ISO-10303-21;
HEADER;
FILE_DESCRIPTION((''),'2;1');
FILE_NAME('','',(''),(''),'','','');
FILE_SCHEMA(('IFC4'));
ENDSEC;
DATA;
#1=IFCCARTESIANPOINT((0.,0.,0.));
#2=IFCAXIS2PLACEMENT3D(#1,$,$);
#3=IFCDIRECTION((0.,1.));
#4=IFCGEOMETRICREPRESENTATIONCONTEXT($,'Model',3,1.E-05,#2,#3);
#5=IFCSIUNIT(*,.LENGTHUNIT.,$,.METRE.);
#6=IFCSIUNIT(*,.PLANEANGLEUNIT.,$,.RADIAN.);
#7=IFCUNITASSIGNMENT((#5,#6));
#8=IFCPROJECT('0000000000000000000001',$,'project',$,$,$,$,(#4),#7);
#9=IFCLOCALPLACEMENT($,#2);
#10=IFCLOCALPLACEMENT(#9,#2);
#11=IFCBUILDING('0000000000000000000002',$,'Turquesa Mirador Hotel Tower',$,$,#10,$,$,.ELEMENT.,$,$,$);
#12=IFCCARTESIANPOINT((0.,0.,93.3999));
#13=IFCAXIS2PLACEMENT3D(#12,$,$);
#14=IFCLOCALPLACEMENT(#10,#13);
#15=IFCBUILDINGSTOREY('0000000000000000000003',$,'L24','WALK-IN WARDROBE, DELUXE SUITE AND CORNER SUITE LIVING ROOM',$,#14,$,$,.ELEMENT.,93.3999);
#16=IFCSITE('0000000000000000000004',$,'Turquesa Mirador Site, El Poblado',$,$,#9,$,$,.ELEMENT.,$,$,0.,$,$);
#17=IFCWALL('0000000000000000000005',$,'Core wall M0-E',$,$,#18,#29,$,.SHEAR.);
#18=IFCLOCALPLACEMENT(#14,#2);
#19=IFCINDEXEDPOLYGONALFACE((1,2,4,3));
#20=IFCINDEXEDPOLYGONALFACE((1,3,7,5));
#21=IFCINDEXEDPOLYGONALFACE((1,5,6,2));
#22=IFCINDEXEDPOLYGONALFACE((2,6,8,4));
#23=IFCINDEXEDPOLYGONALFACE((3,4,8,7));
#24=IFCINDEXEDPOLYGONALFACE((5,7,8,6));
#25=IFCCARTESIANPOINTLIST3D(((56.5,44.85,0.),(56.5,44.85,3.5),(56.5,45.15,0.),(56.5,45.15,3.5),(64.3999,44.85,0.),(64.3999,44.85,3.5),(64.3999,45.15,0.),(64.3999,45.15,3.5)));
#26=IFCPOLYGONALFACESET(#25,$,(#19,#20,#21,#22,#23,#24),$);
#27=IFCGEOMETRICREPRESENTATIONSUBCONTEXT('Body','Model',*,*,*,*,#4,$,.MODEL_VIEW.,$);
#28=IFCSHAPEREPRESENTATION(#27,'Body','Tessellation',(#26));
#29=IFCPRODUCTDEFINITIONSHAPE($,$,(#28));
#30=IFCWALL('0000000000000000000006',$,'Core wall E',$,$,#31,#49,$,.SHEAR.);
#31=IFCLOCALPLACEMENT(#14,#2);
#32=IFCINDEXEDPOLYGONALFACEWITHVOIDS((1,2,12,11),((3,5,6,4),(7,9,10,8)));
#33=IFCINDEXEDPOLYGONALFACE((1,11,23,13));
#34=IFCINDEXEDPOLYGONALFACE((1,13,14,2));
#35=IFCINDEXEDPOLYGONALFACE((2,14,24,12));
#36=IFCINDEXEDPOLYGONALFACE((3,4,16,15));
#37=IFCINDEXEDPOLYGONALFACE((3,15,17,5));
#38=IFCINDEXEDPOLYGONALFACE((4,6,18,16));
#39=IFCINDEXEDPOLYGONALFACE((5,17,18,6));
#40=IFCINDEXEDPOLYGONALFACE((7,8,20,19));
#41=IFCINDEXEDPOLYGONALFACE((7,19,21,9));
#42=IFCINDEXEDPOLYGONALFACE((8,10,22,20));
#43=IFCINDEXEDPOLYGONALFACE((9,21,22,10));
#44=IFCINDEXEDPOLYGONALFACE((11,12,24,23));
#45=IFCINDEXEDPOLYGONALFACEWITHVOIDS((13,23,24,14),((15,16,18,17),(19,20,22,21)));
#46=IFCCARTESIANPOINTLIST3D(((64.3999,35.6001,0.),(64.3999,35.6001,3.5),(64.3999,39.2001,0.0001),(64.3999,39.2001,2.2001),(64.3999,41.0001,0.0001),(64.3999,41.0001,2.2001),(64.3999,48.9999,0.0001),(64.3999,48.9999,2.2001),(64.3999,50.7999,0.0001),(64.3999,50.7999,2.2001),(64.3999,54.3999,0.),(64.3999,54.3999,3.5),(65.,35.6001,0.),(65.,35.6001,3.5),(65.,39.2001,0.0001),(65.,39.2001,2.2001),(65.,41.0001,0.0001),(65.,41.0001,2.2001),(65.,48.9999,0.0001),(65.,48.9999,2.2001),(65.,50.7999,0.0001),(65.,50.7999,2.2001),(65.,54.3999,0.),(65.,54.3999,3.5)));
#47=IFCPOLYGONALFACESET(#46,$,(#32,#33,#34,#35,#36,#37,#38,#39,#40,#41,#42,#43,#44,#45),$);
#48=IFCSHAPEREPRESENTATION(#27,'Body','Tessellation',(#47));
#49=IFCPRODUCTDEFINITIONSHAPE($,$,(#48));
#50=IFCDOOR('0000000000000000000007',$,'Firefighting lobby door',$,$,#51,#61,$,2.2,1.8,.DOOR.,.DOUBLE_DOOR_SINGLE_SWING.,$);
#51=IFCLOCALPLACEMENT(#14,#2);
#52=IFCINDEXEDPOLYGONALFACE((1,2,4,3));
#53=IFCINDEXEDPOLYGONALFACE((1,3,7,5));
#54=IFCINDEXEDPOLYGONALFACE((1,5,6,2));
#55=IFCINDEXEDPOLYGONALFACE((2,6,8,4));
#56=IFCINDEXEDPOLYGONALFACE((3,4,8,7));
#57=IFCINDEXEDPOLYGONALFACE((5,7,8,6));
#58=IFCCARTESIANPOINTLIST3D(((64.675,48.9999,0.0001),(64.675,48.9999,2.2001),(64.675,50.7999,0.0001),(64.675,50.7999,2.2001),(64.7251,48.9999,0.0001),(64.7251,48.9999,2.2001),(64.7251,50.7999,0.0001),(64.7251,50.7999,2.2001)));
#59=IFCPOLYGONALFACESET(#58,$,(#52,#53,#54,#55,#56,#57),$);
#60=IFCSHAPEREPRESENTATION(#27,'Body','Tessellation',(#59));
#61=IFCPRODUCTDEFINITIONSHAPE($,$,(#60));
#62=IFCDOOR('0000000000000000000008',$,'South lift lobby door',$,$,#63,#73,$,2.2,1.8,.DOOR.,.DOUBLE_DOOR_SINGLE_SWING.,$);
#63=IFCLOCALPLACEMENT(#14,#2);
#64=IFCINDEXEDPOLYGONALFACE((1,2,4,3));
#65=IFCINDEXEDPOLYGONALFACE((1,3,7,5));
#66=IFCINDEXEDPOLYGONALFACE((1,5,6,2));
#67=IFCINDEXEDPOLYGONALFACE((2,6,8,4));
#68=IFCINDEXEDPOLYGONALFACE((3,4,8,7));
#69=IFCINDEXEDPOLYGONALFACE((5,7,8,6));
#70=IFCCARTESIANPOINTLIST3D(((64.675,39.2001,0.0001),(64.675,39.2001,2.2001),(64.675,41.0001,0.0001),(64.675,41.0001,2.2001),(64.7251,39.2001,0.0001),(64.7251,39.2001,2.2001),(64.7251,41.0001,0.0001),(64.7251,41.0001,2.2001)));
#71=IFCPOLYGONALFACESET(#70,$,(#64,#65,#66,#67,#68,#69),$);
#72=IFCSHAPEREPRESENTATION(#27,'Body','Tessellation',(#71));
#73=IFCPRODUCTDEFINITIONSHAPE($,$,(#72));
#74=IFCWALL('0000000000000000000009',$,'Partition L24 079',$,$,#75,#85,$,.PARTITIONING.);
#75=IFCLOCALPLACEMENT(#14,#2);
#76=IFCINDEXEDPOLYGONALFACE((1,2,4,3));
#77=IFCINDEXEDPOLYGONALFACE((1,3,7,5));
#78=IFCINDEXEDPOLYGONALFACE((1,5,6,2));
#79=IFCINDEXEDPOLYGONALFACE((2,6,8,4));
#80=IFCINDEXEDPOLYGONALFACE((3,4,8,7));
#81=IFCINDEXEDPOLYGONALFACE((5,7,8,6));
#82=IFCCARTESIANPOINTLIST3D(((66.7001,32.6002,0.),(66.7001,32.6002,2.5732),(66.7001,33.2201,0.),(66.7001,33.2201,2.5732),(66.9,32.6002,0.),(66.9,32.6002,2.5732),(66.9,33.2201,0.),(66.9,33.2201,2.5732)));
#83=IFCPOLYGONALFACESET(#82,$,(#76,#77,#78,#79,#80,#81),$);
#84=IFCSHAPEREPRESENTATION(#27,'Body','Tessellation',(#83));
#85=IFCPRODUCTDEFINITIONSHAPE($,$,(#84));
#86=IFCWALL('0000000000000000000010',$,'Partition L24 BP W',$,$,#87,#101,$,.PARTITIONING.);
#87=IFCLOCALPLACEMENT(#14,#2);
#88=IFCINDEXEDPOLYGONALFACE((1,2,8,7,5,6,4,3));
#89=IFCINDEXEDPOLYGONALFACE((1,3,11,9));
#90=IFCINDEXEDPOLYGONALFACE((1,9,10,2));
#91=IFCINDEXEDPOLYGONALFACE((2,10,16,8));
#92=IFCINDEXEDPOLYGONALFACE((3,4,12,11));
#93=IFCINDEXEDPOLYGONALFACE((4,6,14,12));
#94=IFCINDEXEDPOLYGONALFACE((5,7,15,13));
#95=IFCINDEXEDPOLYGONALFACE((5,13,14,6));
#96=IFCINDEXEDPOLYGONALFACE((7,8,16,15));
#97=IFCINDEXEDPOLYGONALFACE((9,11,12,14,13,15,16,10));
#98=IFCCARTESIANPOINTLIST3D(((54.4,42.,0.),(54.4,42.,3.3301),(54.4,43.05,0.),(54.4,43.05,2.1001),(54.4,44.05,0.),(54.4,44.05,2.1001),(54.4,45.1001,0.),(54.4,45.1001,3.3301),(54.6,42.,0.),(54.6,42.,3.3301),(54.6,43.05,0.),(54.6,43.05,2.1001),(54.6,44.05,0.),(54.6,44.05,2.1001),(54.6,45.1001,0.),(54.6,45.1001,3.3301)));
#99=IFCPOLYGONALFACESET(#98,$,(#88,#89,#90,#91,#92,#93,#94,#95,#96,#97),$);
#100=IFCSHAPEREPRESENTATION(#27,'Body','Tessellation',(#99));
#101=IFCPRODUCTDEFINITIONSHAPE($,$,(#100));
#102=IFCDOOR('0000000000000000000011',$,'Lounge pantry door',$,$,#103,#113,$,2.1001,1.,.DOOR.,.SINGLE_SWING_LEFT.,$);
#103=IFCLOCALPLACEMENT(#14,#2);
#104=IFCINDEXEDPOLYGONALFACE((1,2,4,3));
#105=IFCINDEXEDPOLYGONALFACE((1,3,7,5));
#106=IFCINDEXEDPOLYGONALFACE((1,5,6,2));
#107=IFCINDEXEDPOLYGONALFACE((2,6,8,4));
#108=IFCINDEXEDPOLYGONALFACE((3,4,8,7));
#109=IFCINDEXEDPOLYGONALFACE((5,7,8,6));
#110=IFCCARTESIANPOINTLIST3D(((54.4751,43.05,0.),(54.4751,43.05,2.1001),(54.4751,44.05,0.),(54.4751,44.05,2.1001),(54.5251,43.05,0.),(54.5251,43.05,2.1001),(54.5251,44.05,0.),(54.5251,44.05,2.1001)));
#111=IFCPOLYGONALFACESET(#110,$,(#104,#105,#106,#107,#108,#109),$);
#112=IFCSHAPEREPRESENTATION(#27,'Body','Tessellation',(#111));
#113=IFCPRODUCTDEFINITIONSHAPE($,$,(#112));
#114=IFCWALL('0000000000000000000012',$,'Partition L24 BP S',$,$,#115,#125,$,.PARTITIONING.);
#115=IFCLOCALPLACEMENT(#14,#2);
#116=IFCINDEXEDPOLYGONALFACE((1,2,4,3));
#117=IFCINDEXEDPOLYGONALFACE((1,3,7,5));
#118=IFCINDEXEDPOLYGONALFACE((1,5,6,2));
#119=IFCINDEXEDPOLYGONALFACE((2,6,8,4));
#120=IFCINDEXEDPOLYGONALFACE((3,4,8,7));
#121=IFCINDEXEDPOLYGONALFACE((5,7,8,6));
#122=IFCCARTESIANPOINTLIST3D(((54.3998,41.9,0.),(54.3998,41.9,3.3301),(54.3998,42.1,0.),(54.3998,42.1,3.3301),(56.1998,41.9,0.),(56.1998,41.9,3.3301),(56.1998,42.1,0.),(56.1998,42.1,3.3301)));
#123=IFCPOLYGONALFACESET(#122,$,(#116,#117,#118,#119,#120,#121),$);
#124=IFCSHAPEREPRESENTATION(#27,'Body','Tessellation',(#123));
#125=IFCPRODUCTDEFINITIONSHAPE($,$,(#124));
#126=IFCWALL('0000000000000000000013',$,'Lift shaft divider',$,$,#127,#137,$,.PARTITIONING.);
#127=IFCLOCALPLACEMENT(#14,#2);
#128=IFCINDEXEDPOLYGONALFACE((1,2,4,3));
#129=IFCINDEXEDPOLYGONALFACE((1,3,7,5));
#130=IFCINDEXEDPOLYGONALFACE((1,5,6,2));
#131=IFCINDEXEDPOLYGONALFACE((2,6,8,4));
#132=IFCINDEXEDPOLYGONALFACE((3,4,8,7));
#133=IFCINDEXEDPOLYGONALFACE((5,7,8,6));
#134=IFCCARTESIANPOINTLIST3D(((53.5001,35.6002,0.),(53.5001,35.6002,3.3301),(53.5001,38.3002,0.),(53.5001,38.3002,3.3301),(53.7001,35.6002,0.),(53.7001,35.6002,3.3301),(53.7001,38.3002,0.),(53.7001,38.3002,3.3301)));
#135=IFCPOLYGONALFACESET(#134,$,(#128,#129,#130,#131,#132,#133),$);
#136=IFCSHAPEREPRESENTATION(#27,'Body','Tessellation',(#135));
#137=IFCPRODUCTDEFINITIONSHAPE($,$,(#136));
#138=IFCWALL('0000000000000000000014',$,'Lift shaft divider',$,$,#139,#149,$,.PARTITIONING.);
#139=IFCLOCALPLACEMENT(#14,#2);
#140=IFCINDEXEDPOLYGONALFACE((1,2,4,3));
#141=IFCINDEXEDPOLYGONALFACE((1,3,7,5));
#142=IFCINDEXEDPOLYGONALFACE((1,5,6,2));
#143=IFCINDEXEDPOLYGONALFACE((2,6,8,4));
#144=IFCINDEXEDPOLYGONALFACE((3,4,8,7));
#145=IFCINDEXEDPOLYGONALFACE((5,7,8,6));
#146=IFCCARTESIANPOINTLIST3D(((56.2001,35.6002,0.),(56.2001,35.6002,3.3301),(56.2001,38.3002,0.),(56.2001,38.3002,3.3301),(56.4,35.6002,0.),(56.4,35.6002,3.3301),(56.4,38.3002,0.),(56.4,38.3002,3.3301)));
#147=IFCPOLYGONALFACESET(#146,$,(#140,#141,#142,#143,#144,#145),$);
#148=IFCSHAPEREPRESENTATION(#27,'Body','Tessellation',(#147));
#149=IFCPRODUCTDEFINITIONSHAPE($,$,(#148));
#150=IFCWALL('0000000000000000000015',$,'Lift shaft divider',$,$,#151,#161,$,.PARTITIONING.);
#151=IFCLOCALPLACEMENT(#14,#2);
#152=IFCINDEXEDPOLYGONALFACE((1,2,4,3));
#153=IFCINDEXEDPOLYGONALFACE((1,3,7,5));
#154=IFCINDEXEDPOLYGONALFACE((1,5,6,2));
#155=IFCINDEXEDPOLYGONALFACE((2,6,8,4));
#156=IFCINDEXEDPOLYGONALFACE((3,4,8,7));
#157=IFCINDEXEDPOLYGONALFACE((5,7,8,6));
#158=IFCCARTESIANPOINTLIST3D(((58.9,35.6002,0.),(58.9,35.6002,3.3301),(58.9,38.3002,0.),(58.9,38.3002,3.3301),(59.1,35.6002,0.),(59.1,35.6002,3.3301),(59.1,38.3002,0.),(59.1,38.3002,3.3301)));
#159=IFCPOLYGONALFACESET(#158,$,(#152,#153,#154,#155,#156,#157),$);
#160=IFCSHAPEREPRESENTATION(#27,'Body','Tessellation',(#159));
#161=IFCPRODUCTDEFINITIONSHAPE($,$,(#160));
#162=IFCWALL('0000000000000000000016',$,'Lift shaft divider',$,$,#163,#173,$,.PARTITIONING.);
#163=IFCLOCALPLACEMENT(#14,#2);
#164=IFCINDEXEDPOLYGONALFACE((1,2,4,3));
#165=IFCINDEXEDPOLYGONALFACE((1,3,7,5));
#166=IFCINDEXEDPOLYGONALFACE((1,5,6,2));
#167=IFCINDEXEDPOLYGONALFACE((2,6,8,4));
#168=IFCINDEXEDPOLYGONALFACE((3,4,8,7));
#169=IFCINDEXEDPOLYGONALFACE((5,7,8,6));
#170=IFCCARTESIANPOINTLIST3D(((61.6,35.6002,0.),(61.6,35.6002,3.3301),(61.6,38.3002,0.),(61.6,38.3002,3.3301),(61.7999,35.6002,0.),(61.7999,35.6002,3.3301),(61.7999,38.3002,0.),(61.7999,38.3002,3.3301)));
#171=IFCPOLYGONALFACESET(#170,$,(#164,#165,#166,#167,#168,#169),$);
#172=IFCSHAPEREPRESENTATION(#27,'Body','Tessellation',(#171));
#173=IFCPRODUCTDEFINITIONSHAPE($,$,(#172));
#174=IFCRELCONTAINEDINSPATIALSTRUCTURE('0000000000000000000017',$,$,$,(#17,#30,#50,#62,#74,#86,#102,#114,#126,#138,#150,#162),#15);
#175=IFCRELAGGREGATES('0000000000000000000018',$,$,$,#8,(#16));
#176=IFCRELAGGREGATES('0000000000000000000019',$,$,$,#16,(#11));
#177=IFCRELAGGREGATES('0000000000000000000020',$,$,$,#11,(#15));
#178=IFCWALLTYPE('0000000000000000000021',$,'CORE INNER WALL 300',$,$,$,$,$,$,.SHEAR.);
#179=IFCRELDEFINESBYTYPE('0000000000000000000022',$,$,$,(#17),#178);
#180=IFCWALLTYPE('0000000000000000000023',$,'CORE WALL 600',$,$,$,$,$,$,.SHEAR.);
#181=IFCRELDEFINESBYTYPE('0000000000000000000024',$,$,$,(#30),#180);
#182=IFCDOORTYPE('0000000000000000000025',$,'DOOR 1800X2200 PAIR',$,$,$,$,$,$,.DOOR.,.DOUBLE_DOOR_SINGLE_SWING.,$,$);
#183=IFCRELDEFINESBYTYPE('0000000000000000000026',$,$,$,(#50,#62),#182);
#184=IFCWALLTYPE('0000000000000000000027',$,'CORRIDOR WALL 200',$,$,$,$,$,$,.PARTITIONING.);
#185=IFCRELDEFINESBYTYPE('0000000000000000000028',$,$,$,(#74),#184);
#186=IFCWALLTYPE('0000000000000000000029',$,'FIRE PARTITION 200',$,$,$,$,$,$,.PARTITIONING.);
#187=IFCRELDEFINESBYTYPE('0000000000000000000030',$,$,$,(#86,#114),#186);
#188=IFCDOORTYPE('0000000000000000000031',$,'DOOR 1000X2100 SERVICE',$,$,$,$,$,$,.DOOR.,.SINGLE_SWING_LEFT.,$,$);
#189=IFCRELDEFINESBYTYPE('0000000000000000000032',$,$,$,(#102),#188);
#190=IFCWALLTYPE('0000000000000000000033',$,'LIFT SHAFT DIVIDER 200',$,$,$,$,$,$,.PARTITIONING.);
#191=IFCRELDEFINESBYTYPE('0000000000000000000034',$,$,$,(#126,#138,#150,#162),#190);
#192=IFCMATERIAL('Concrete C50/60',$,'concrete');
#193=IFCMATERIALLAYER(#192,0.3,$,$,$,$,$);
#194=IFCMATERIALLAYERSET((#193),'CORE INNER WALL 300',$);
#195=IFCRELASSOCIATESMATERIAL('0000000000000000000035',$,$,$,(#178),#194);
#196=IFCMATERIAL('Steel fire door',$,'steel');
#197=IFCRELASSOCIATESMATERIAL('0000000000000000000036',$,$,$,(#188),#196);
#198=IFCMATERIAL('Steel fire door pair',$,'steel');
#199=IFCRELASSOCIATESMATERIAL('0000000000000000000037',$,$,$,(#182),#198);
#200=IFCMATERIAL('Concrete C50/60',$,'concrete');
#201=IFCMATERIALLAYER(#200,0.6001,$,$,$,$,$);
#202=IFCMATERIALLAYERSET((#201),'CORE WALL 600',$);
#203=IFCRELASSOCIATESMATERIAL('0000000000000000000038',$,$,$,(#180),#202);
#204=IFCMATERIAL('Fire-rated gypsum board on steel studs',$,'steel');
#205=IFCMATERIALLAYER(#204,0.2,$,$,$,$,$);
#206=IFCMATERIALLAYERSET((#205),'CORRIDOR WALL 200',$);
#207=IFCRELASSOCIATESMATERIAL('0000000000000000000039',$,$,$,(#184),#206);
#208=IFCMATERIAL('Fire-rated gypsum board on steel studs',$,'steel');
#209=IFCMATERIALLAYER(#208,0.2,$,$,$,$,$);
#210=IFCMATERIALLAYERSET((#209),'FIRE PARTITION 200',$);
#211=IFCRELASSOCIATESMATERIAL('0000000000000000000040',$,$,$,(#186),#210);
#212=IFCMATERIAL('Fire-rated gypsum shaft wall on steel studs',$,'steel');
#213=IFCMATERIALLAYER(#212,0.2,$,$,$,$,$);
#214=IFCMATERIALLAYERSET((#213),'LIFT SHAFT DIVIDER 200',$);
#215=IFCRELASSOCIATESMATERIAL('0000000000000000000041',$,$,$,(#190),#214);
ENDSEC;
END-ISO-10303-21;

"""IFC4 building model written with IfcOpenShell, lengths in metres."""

from ifc_helpers import new_model, si_unit, direction, frame, frame_2d, origin, place, context, subcontext, project, spatial, rectangle, extrude, material, layer, layer_set, type_object, element, fill, save


model = new_model("IFC4")

# Units and contexts
model_context = context("Model", 3, precision=1e-05, world=origin(), true_north=direction((0.0, 1.0)))
body_context = subcontext(model_context, "Body", "Model", "MODEL_VIEW")
ifc_project = project(units=[si_unit("LENGTHUNIT", "METRE"), si_unit("PLANEANGLEUNIT", "RADIAN")], contexts=[model_context])

# Site, building, storey
site_placement = place(None, origin())
site = spatial("IfcSite", under=ifc_project, at=site_placement, Name="Turquesa Mirador Site, El Poblado", CompositionType="ELEMENT", RefElevation=0.0)
building_placement = place(site_placement, origin())
building = spatial("IfcBuilding", under=site, at=building_placement, Name="Turquesa Mirador Hotel Tower", CompositionType="ELEMENT")
storey_placement = place(building_placement, frame((0.0, 0.0, 93.3999)))
storey = spatial("IfcBuildingStorey", under=building, at=storey_placement, Name="L24", Description="WALK-IN WARDROBE, DELUXE SUITE AND CORNER SUITE LIVING ROOM", CompositionType="ELEMENT", Elevation=93.3999)

# Shared definitions
ifc_material_1 = material(Name="Concrete C50/60", Category="concrete")
ifc_layer_1 = layer(ifc_material_1, 0.3)
ifc_layer_set_1 = layer_set([ifc_layer_1], Name="CORE INNER WALL 300")
wall_type_1 = type_object("IfcWallType", Name="CORE INNER WALL 300", PredefinedType="SHEAR", material=ifc_layer_set_1)
ifc_material_2 = material(Name="Steel fire door", Category="steel")
door_type_1 = type_object("IfcDoorType", Name="DOOR 1000X2100 SERVICE", OperationType="SINGLE_SWING_LEFT", PredefinedType="DOOR", material=ifc_material_2)
ifc_material_3 = material(Name="Steel fire door pair", Category="steel")
door_type_2 = type_object("IfcDoorType", Name="DOOR 1800X2200 PAIR", OperationType="DOUBLE_DOOR_SINGLE_SWING", PredefinedType="DOOR", material=ifc_material_3)

# Wall
wall_1_placement = place(storey_placement, frame((56.5, 45.0, 0.0), z_axis=(0.0, 0.0, 1.0), x_axis=(1.0, 0.0, 0.0)))
element("IfcWall", 1, at=wall_1_placement, inside=storey, type_object=wall_type_1, Name="Core wall M0-E", PredefinedType="SHEAR", context=body_context, shape_type="SweptSolid", body=[
    extrude(rectangle(XDim=7.8999, YDim=0.3, at=frame_2d((3.95, 0.0))), origin(), (0.0, 0.0, 1.0), 3.5),
])

# Wall, openings, doors
ifc_material_4 = material(Name="Concrete C50/60", Category="concrete")
ifc_layer_2 = layer(ifc_material_4, 0.6001)
ifc_layer_set_2 = layer_set([ifc_layer_2], Name="CORE WALL 600")
wall_type_2 = type_object("IfcWallType", Name="CORE WALL 600", PredefinedType="SHEAR", material=ifc_layer_set_2)
wall_2_placement = place(storey_placement, frame((64.7, 35.6001, 0.0), z_axis=(0.0, 0.0, 1.0), x_axis=(0.0, 1.0, 0.0)))
wall_2 = element("IfcWall", 2, at=wall_2_placement, inside=storey, type_object=wall_type_2, Name="Core wall E", PredefinedType="SHEAR", context=body_context, shape_type="SweptSolid", body=[
    extrude(rectangle(XDim=18.7998, YDim=0.6001, at=frame_2d((9.3999, 0.0))), origin(), (0.0, 0.0, 1.0), 3.5),
])
opening_1_placement = place(wall_2_placement, frame((13.3999, 0.0, 0.0)))
opening_1 = element("IfcOpeningElement", 3, at=opening_1_placement, cuts=wall_2, PredefinedType="OPENING", context=body_context, shape_type="SweptSolid", body=[
    extrude(rectangle(XDim=1.8, YDim=2.2, at=frame_2d((0.8999, 1.1001))), frame((0.0, 0.3101, 0.0), z_axis=(0.0, -1.0, 0.0), x_axis=(1.0, 0.0, 0.0)), (0.0, 0.0, 1.0), 0.6201),
])
opening_2_placement = place(wall_2_placement, frame((3.6001, 0.0, 0.0)))
opening_2 = element("IfcOpeningElement", 4, at=opening_2_placement, cuts=wall_2, PredefinedType="OPENING", context=body_context, shape_type="SweptSolid", body=[
    extrude(rectangle(XDim=1.8, YDim=2.2, at=frame_2d((0.8999, 1.1001))), frame((0.0, 0.3101, 0.0), z_axis=(0.0, -1.0, 0.0), x_axis=(1.0, 0.0, 0.0)), (0.0, 0.0, 1.0), 0.6201),
])
door_1_placement = place(opening_1_placement, origin())
door_1 = element("IfcDoor", 5, at=door_1_placement, inside=storey, type_object=door_type_2, Name="Firefighting lobby door", OperationType="DOUBLE_DOOR_SINGLE_SWING", OverallHeight=2.2, OverallWidth=1.8, PredefinedType="DOOR", context=body_context, shape_type="SweptSolid", body=[
    extrude(rectangle(XDim=1.8, YDim=2.2, at=frame_2d((0.8999, 1.1001))), frame((0.0, 0.0249, 0.0), z_axis=(0.0, -1.0, 0.0), x_axis=(1.0, 0.0, 0.0)), (0.0, 0.0, 1.0), 0.05),
])
fill(opening_1, door_1)
door_2_placement = place(opening_2_placement, origin())
door_2 = element("IfcDoor", 6, at=door_2_placement, inside=storey, type_object=door_type_2, Name="South lift lobby door", OperationType="DOUBLE_DOOR_SINGLE_SWING", OverallHeight=2.2, OverallWidth=1.8, PredefinedType="DOOR", context=body_context, shape_type="SweptSolid", body=[
    extrude(rectangle(XDim=1.8, YDim=2.2, at=frame_2d((0.8999, 1.1001))), frame((0.0, 0.0249, 0.0), z_axis=(0.0, -1.0, 0.0), x_axis=(1.0, 0.0, 0.0)), (0.0, 0.0, 1.0), 0.05),
])
fill(opening_2, door_2)

# Wall
ifc_material_5 = material(Name="Fire-rated gypsum board on steel studs", Category="steel")
ifc_layer_3 = layer(ifc_material_5, 0.2)
ifc_layer_set_3 = layer_set([ifc_layer_3], Name="CORRIDOR WALL 200")
wall_type_3 = type_object("IfcWallType", Name="CORRIDOR WALL 200", PredefinedType="PARTITIONING", material=ifc_layer_set_3)
wall_3_placement = place(storey_placement, frame((66.8, 32.6001, 0.0), z_axis=(0.0, 0.0, 1.0), x_axis=(0.0, 1.0, 0.0)))
element("IfcWall", 7, at=wall_3_placement, inside=storey, type_object=wall_type_3, Name="Partition L24 079", PredefinedType="PARTITIONING", context=body_context, shape_type="SweptSolid", body=[
    extrude(rectangle(XDim=0.6199, YDim=0.2, at=frame_2d((0.3101, 0.0))), origin(), (0.0, 0.0, 1.0), 2.5732),
])

# Wall, opening, door
ifc_material_6 = material(Name="Fire-rated gypsum board on steel studs", Category="steel")
ifc_layer_4 = layer(ifc_material_6, 0.2)
ifc_layer_set_4 = layer_set([ifc_layer_4], Name="FIRE PARTITION 200")
wall_type_4 = type_object("IfcWallType", Name="FIRE PARTITION 200", PredefinedType="PARTITIONING", material=ifc_layer_set_4)
wall_4_placement = place(storey_placement, frame((54.5, 42.0, 0.0), z_axis=(0.0, 0.0, 1.0), x_axis=(0.0, 1.0, 0.0)))
wall_4 = element("IfcWall", 8, at=wall_4_placement, inside=storey, type_object=wall_type_4, Name="Partition L24 BP W", PredefinedType="PARTITIONING", context=body_context, shape_type="SweptSolid", body=[
    extrude(rectangle(XDim=3.1001, YDim=0.2, at=frame_2d((1.55, 0.0))), origin(), (0.0, 0.0, 1.0), 3.3301),
])
opening_3_placement = place(wall_4_placement, frame((1.05, 0.0, 0.0)))
opening_3 = element("IfcOpeningElement", 9, at=opening_3_placement, cuts=wall_4, PredefinedType="OPENING", context=body_context, shape_type="SweptSolid", body=[
    extrude(rectangle(XDim=1.0, YDim=2.1001, at=frame_2d((0.5, 1.05))), frame((0.0, 0.1099, 0.0), z_axis=(0.0, -1.0, 0.0), x_axis=(1.0, 0.0, 0.0)), (0.0, 0.0, 1.0), 0.22),
])
door_3_placement = place(opening_3_placement, origin())
door_3 = element("IfcDoor", 10, at=door_3_placement, inside=storey, type_object=door_type_1, Name="Lounge pantry door", OperationType="SINGLE_SWING_LEFT", OverallHeight=2.1001, OverallWidth=1.0, PredefinedType="DOOR", context=body_context, shape_type="SweptSolid", body=[
    extrude(rectangle(XDim=1.0, YDim=2.1001, at=frame_2d((0.5, 1.05))), frame((0.0, 0.0249, 0.0), z_axis=(0.0, -1.0, 0.0), x_axis=(1.0, 0.0, 0.0)), (0.0, 0.0, 1.0), 0.05),
])
fill(opening_3, door_3)

# Walls
wall_5_placement = place(storey_placement, frame((54.3999, 42.0, 0.0), z_axis=(0.0, 0.0, 1.0), x_axis=(1.0, 0.0, 0.0)))
element("IfcWall", 11, at=wall_5_placement, inside=storey, type_object=wall_type_4, Name="Partition L24 BP S", PredefinedType="PARTITIONING", context=body_context, shape_type="SweptSolid", body=[
    extrude(rectangle(XDim=1.8, YDim=0.2, at=frame_2d((0.8999, 0.0))), origin(), (0.0, 0.0, 1.0), 3.3301),
])
ifc_material_7 = material(Name="Fire-rated gypsum shaft wall on steel studs", Category="steel")
ifc_layer_5 = layer(ifc_material_7, 0.2)
ifc_layer_set_5 = layer_set([ifc_layer_5], Name="LIFT SHAFT DIVIDER 200")
wall_type_5 = type_object("IfcWallType", Name="LIFT SHAFT DIVIDER 200", PredefinedType="PARTITIONING", material=ifc_layer_set_5)
for number, where, z_axis, x_axis, name in (
    (12, (53.6001, 35.6001, 0.0), (0.0, 0.0, 1.0), (0.0, 1.0, 0.0), "Lift shaft divider"),
    (13, (56.3, 35.6001, 0.0), (0.0, 0.0, 1.0), (0.0, 1.0, 0.0), "Lift shaft divider"),
    (14, (59.0, 35.6001, 0.0), (0.0, 0.0, 1.0), (0.0, 1.0, 0.0), "Lift shaft divider"),
    (15, (61.7, 35.6001, 0.0), (0.0, 0.0, 1.0), (0.0, 1.0, 0.0), "Lift shaft divider"),
):
    element("IfcWall", number, at=place(storey_placement, frame(where, z_axis=z_axis, x_axis=x_axis)), inside=storey, type_object=wall_type_5, Name=name, PredefinedType="PARTITIONING", context=body_context, shape_type="SweptSolid", body=[
        extrude(rectangle(XDim=2.7, YDim=0.2, at=frame_2d((1.3501, 0.0))), origin(), (0.0, 0.0, 1.0), 3.3301),
    ])

save(model, "model.ifc")
